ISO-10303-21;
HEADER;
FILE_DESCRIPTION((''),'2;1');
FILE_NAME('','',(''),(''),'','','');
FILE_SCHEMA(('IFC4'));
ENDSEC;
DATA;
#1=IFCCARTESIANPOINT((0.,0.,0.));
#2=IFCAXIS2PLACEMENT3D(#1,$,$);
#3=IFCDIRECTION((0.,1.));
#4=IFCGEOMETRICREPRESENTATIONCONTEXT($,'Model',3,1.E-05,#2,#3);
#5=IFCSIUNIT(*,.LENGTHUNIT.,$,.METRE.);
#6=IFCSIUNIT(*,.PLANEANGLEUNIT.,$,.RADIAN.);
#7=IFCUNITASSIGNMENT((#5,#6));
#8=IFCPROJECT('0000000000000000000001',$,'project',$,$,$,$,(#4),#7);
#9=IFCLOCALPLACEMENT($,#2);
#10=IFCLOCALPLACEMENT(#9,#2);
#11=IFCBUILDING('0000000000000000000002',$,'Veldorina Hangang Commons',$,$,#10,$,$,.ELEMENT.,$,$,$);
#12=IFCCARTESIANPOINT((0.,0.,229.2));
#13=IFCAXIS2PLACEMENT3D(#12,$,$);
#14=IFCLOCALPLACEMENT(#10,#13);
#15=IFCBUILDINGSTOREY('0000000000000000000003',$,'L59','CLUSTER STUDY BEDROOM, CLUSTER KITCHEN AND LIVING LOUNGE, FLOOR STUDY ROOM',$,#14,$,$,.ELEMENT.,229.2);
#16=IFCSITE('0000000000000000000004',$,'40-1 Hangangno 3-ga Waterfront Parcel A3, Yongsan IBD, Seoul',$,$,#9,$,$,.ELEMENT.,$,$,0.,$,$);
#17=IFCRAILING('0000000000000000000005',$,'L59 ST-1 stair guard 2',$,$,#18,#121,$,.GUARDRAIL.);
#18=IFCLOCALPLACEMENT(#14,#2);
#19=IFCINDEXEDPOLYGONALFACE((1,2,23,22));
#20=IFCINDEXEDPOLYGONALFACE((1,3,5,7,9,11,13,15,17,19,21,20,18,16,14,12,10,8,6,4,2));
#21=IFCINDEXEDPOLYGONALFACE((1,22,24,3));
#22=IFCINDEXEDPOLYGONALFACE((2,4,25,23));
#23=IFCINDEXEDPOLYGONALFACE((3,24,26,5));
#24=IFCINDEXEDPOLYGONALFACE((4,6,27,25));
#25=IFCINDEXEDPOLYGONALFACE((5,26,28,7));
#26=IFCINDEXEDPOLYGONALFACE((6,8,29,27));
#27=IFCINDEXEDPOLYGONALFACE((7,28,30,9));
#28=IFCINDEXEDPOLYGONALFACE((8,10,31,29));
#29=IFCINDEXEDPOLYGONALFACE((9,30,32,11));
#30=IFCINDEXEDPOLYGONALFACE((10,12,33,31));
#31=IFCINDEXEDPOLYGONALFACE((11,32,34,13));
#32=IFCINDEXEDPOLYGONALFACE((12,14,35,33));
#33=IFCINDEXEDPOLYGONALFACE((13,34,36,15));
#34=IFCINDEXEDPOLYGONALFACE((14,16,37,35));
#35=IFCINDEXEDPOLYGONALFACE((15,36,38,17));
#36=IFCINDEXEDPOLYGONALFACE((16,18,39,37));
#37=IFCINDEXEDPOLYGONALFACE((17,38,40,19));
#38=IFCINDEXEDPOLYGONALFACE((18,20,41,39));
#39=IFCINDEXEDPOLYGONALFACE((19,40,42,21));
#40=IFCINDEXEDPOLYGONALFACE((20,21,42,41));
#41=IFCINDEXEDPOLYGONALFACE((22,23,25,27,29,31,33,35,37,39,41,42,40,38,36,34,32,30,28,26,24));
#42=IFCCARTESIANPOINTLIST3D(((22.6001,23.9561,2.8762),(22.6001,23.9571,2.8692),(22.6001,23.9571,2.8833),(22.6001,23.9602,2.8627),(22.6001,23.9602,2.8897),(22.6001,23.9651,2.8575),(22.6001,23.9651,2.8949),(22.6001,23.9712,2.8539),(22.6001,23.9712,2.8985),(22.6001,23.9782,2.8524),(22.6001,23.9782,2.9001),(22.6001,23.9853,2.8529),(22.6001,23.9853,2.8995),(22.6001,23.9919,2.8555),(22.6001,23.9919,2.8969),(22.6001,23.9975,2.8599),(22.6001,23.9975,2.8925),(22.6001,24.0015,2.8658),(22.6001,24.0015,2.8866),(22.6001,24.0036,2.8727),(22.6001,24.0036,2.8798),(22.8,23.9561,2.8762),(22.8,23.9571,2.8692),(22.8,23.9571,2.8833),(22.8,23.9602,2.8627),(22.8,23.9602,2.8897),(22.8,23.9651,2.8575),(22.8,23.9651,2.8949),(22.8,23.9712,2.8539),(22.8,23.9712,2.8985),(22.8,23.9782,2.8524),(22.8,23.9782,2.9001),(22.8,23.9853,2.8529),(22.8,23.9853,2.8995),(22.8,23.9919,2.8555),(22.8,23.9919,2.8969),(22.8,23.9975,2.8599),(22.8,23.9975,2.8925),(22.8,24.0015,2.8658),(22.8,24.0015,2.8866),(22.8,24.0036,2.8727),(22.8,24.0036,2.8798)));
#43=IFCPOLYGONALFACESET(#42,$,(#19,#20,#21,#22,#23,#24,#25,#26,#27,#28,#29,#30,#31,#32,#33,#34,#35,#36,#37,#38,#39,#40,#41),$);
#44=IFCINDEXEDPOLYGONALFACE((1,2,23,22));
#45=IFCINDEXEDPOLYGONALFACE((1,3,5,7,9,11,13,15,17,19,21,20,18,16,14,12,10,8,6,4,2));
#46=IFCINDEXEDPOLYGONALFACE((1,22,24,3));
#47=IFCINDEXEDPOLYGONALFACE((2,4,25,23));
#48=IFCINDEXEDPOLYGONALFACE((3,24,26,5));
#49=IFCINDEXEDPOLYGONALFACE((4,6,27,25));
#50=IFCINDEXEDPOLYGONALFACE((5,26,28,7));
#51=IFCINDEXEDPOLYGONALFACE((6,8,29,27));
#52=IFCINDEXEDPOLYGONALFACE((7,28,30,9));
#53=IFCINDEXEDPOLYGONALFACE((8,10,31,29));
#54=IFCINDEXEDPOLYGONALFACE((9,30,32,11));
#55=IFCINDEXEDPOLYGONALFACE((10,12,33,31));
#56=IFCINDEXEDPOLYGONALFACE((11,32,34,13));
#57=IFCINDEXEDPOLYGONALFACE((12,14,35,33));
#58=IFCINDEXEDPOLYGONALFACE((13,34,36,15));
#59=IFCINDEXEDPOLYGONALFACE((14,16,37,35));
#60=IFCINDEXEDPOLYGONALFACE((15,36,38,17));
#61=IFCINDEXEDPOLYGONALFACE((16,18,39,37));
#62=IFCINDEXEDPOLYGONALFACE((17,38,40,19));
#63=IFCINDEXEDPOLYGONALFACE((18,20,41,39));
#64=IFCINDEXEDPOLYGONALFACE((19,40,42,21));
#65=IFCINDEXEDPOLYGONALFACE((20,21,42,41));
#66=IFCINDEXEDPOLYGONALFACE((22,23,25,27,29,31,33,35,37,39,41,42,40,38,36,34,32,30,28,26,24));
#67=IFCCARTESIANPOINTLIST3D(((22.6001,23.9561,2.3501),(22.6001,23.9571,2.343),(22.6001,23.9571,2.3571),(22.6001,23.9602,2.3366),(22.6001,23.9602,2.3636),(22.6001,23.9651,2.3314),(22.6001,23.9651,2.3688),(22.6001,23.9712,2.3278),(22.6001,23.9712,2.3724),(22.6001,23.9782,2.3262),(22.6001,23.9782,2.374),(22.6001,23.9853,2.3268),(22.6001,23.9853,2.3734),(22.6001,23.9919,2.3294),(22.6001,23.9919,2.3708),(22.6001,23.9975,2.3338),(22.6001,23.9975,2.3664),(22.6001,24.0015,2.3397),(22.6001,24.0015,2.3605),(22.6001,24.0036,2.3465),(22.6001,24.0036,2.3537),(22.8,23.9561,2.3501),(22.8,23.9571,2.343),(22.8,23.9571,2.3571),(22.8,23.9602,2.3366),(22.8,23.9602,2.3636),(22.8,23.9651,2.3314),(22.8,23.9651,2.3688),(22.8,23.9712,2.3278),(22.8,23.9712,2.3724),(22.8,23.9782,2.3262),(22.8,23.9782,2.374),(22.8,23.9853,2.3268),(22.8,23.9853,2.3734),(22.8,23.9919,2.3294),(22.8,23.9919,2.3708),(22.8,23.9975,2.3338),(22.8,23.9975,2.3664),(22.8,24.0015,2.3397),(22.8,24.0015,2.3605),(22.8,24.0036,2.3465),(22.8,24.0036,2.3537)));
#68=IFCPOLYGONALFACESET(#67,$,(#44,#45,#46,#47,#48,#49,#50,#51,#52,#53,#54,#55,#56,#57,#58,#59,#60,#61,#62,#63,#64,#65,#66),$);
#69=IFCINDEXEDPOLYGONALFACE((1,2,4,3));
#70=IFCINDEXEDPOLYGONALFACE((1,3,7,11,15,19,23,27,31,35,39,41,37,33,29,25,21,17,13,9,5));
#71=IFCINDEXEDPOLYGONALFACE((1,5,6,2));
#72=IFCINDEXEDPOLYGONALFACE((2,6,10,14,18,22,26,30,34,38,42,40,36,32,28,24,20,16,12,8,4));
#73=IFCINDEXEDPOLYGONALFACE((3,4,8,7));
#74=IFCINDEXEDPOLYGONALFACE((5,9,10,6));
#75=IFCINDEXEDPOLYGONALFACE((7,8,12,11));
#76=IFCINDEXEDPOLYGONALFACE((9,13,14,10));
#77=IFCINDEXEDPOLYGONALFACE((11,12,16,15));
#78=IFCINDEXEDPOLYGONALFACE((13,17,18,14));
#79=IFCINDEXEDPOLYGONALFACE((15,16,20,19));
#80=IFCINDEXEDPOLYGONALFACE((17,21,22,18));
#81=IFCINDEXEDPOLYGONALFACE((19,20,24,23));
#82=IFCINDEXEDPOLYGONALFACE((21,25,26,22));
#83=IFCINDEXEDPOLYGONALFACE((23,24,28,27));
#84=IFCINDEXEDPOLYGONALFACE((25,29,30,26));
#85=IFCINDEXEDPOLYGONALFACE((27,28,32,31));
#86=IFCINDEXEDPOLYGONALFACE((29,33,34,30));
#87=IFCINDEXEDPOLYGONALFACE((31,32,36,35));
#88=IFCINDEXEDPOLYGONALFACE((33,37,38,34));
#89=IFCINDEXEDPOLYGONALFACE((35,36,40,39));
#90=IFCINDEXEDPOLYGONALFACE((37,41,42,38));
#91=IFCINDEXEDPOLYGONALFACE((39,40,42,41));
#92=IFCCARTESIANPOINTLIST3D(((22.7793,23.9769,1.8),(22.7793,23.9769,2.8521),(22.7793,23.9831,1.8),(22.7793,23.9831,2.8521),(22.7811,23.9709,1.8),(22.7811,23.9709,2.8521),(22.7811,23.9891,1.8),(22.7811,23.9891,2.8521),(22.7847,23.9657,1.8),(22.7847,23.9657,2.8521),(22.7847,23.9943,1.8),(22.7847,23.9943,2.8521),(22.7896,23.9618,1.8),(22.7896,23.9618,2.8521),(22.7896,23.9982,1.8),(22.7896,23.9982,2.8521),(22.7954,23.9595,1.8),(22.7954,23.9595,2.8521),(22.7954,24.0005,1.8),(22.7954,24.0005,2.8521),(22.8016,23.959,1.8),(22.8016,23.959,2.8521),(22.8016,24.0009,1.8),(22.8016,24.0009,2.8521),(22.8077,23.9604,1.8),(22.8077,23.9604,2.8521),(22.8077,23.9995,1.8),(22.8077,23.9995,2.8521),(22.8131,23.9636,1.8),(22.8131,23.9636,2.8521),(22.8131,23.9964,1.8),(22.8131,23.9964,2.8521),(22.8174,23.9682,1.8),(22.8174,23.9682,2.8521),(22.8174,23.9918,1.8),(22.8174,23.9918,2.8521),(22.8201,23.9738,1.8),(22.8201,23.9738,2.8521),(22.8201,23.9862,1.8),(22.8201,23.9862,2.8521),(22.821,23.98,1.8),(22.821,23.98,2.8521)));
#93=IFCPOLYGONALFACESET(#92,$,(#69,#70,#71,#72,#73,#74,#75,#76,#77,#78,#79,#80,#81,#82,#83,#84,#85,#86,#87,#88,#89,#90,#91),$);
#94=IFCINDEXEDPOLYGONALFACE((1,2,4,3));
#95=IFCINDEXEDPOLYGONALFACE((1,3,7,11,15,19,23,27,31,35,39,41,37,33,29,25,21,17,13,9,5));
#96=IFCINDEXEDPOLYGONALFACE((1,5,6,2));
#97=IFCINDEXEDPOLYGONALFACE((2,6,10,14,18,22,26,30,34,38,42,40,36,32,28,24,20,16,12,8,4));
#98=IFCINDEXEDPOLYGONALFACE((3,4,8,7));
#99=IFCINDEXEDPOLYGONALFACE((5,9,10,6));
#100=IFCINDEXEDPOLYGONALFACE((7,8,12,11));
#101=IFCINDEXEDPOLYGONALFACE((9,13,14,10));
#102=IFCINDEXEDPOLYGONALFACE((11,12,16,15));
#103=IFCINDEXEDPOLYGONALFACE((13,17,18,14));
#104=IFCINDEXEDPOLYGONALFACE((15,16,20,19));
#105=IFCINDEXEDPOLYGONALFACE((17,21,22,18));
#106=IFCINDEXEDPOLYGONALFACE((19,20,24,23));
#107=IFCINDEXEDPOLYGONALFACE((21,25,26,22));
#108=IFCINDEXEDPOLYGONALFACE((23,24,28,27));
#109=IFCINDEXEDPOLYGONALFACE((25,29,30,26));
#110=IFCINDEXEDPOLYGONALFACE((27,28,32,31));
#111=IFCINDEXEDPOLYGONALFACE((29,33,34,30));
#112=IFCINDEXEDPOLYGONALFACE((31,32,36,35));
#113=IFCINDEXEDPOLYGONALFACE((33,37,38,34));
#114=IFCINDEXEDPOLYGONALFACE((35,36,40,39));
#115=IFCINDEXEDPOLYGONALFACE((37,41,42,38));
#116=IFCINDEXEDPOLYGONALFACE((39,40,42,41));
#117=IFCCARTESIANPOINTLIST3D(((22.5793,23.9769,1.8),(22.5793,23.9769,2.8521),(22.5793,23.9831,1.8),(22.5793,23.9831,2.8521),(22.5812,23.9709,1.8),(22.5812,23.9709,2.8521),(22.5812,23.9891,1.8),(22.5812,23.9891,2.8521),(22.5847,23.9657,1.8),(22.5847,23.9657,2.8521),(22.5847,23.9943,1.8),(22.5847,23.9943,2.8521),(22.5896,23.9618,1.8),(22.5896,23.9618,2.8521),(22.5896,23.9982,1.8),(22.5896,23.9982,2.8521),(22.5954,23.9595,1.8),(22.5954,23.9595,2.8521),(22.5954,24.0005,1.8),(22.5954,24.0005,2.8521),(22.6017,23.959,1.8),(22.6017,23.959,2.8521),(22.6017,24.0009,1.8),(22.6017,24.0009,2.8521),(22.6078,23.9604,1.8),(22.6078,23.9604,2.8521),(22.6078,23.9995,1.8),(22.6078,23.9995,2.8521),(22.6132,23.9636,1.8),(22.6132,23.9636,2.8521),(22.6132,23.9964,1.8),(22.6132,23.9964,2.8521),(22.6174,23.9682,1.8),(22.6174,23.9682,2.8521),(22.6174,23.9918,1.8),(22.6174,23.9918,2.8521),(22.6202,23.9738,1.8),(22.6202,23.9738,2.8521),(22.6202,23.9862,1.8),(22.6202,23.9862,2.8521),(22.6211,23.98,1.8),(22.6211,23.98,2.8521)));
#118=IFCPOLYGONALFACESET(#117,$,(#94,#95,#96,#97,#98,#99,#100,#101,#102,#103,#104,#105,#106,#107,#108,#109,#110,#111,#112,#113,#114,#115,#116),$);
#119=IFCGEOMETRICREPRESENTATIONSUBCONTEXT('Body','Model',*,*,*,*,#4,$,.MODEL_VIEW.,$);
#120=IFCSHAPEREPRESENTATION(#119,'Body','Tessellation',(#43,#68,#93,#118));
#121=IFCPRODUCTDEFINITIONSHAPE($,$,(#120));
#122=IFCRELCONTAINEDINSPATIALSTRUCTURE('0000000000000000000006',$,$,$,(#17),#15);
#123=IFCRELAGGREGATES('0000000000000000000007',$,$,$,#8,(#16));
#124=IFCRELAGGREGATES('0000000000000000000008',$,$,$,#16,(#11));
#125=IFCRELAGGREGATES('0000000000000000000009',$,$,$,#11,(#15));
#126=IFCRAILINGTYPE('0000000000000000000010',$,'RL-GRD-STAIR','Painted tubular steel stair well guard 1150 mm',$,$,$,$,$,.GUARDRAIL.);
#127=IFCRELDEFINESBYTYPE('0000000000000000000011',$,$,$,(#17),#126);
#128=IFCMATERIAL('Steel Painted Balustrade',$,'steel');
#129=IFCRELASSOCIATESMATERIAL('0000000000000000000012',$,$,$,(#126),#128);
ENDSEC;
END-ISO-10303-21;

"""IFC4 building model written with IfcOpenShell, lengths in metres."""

from ifc_helpers import new_model, si_unit, direction, frame, origin, origin_2d, place, context, subcontext, project, spatial, circle, extrude, material, type_object, element, save


model = new_model("IFC4")

# Units and contexts
model_context = context("Model", 3, precision=1e-05, world=origin(), true_north=direction((0.0, 1.0)))
body_context = subcontext(model_context, "Body", "Model", "MODEL_VIEW")
ifc_project = project(units=[si_unit("LENGTHUNIT", "METRE"), si_unit("PLANEANGLEUNIT", "RADIAN")], contexts=[model_context])

# Site, building, storey
site_placement = place(None, origin())
site = spatial("IfcSite", under=ifc_project, at=site_placement, Name="40-1 Hangangno 3-ga Waterfront Parcel A3, Yongsan IBD, Seoul", CompositionType="ELEMENT", RefElevation=0.0)
building_placement = place(site_placement, origin())
building = spatial("IfcBuilding", under=site, at=building_placement, Name="Veldorina Hangang Commons", CompositionType="ELEMENT")
storey_placement = place(building_placement, frame((0.0, 0.0, 229.2)))
storey = spatial("IfcBuildingStorey", under=building, at=storey_placement, Name="L59", Description="CLUSTER STUDY BEDROOM, CLUSTER KITCHEN AND LIVING LOUNGE, FLOOR STUDY ROOM", CompositionType="ELEMENT", Elevation=229.2)

# Railing
ifc_material_1 = material(Name="Steel Painted Balustrade", Category="steel")
railing_type = type_object("IfcRailingType", Name="RL-GRD-STAIR", Description="Painted tubular steel stair well guard 1150 mm", PredefinedType="GUARDRAIL", material=ifc_material_1)
railing_1_placement = place(storey_placement, frame((22.8, 23.98, 1.8)))
element("IfcRailing", 1, at=railing_1_placement, inside=storey, type_object=railing_type, Name="L59 ST-1 stair guard 2", PredefinedType="GUARDRAIL", context=body_context, shape_type="SweptSolid", body=[
    extrude(circle(Radius=0.0239, at=origin_2d()), frame((0.0, 0.0, 1.0762), z_axis=(-1.0, 0.0, 0.0), x_axis=(0.0, -1.0, 0.0)), (0.0, 0.0, 1.0), 0.2),
    extrude(circle(Radius=0.0239, at=origin_2d()), frame((0.0, 0.0, 0.55), z_axis=(-1.0, 0.0, 0.0), x_axis=(0.0, -1.0, 0.0)), (0.0, 0.0, 1.0), 0.2),
    extrude(circle(Radius=0.021, at=origin_2d()), origin(), (0.0, 0.0, 1.0), 1.052),
    extrude(circle(Radius=0.021, at=origin_2d()), frame((-0.2, 0.0, 0.0)), (0.0, 0.0, 1.0), 1.052),
])

save(model, "model.ifc")
